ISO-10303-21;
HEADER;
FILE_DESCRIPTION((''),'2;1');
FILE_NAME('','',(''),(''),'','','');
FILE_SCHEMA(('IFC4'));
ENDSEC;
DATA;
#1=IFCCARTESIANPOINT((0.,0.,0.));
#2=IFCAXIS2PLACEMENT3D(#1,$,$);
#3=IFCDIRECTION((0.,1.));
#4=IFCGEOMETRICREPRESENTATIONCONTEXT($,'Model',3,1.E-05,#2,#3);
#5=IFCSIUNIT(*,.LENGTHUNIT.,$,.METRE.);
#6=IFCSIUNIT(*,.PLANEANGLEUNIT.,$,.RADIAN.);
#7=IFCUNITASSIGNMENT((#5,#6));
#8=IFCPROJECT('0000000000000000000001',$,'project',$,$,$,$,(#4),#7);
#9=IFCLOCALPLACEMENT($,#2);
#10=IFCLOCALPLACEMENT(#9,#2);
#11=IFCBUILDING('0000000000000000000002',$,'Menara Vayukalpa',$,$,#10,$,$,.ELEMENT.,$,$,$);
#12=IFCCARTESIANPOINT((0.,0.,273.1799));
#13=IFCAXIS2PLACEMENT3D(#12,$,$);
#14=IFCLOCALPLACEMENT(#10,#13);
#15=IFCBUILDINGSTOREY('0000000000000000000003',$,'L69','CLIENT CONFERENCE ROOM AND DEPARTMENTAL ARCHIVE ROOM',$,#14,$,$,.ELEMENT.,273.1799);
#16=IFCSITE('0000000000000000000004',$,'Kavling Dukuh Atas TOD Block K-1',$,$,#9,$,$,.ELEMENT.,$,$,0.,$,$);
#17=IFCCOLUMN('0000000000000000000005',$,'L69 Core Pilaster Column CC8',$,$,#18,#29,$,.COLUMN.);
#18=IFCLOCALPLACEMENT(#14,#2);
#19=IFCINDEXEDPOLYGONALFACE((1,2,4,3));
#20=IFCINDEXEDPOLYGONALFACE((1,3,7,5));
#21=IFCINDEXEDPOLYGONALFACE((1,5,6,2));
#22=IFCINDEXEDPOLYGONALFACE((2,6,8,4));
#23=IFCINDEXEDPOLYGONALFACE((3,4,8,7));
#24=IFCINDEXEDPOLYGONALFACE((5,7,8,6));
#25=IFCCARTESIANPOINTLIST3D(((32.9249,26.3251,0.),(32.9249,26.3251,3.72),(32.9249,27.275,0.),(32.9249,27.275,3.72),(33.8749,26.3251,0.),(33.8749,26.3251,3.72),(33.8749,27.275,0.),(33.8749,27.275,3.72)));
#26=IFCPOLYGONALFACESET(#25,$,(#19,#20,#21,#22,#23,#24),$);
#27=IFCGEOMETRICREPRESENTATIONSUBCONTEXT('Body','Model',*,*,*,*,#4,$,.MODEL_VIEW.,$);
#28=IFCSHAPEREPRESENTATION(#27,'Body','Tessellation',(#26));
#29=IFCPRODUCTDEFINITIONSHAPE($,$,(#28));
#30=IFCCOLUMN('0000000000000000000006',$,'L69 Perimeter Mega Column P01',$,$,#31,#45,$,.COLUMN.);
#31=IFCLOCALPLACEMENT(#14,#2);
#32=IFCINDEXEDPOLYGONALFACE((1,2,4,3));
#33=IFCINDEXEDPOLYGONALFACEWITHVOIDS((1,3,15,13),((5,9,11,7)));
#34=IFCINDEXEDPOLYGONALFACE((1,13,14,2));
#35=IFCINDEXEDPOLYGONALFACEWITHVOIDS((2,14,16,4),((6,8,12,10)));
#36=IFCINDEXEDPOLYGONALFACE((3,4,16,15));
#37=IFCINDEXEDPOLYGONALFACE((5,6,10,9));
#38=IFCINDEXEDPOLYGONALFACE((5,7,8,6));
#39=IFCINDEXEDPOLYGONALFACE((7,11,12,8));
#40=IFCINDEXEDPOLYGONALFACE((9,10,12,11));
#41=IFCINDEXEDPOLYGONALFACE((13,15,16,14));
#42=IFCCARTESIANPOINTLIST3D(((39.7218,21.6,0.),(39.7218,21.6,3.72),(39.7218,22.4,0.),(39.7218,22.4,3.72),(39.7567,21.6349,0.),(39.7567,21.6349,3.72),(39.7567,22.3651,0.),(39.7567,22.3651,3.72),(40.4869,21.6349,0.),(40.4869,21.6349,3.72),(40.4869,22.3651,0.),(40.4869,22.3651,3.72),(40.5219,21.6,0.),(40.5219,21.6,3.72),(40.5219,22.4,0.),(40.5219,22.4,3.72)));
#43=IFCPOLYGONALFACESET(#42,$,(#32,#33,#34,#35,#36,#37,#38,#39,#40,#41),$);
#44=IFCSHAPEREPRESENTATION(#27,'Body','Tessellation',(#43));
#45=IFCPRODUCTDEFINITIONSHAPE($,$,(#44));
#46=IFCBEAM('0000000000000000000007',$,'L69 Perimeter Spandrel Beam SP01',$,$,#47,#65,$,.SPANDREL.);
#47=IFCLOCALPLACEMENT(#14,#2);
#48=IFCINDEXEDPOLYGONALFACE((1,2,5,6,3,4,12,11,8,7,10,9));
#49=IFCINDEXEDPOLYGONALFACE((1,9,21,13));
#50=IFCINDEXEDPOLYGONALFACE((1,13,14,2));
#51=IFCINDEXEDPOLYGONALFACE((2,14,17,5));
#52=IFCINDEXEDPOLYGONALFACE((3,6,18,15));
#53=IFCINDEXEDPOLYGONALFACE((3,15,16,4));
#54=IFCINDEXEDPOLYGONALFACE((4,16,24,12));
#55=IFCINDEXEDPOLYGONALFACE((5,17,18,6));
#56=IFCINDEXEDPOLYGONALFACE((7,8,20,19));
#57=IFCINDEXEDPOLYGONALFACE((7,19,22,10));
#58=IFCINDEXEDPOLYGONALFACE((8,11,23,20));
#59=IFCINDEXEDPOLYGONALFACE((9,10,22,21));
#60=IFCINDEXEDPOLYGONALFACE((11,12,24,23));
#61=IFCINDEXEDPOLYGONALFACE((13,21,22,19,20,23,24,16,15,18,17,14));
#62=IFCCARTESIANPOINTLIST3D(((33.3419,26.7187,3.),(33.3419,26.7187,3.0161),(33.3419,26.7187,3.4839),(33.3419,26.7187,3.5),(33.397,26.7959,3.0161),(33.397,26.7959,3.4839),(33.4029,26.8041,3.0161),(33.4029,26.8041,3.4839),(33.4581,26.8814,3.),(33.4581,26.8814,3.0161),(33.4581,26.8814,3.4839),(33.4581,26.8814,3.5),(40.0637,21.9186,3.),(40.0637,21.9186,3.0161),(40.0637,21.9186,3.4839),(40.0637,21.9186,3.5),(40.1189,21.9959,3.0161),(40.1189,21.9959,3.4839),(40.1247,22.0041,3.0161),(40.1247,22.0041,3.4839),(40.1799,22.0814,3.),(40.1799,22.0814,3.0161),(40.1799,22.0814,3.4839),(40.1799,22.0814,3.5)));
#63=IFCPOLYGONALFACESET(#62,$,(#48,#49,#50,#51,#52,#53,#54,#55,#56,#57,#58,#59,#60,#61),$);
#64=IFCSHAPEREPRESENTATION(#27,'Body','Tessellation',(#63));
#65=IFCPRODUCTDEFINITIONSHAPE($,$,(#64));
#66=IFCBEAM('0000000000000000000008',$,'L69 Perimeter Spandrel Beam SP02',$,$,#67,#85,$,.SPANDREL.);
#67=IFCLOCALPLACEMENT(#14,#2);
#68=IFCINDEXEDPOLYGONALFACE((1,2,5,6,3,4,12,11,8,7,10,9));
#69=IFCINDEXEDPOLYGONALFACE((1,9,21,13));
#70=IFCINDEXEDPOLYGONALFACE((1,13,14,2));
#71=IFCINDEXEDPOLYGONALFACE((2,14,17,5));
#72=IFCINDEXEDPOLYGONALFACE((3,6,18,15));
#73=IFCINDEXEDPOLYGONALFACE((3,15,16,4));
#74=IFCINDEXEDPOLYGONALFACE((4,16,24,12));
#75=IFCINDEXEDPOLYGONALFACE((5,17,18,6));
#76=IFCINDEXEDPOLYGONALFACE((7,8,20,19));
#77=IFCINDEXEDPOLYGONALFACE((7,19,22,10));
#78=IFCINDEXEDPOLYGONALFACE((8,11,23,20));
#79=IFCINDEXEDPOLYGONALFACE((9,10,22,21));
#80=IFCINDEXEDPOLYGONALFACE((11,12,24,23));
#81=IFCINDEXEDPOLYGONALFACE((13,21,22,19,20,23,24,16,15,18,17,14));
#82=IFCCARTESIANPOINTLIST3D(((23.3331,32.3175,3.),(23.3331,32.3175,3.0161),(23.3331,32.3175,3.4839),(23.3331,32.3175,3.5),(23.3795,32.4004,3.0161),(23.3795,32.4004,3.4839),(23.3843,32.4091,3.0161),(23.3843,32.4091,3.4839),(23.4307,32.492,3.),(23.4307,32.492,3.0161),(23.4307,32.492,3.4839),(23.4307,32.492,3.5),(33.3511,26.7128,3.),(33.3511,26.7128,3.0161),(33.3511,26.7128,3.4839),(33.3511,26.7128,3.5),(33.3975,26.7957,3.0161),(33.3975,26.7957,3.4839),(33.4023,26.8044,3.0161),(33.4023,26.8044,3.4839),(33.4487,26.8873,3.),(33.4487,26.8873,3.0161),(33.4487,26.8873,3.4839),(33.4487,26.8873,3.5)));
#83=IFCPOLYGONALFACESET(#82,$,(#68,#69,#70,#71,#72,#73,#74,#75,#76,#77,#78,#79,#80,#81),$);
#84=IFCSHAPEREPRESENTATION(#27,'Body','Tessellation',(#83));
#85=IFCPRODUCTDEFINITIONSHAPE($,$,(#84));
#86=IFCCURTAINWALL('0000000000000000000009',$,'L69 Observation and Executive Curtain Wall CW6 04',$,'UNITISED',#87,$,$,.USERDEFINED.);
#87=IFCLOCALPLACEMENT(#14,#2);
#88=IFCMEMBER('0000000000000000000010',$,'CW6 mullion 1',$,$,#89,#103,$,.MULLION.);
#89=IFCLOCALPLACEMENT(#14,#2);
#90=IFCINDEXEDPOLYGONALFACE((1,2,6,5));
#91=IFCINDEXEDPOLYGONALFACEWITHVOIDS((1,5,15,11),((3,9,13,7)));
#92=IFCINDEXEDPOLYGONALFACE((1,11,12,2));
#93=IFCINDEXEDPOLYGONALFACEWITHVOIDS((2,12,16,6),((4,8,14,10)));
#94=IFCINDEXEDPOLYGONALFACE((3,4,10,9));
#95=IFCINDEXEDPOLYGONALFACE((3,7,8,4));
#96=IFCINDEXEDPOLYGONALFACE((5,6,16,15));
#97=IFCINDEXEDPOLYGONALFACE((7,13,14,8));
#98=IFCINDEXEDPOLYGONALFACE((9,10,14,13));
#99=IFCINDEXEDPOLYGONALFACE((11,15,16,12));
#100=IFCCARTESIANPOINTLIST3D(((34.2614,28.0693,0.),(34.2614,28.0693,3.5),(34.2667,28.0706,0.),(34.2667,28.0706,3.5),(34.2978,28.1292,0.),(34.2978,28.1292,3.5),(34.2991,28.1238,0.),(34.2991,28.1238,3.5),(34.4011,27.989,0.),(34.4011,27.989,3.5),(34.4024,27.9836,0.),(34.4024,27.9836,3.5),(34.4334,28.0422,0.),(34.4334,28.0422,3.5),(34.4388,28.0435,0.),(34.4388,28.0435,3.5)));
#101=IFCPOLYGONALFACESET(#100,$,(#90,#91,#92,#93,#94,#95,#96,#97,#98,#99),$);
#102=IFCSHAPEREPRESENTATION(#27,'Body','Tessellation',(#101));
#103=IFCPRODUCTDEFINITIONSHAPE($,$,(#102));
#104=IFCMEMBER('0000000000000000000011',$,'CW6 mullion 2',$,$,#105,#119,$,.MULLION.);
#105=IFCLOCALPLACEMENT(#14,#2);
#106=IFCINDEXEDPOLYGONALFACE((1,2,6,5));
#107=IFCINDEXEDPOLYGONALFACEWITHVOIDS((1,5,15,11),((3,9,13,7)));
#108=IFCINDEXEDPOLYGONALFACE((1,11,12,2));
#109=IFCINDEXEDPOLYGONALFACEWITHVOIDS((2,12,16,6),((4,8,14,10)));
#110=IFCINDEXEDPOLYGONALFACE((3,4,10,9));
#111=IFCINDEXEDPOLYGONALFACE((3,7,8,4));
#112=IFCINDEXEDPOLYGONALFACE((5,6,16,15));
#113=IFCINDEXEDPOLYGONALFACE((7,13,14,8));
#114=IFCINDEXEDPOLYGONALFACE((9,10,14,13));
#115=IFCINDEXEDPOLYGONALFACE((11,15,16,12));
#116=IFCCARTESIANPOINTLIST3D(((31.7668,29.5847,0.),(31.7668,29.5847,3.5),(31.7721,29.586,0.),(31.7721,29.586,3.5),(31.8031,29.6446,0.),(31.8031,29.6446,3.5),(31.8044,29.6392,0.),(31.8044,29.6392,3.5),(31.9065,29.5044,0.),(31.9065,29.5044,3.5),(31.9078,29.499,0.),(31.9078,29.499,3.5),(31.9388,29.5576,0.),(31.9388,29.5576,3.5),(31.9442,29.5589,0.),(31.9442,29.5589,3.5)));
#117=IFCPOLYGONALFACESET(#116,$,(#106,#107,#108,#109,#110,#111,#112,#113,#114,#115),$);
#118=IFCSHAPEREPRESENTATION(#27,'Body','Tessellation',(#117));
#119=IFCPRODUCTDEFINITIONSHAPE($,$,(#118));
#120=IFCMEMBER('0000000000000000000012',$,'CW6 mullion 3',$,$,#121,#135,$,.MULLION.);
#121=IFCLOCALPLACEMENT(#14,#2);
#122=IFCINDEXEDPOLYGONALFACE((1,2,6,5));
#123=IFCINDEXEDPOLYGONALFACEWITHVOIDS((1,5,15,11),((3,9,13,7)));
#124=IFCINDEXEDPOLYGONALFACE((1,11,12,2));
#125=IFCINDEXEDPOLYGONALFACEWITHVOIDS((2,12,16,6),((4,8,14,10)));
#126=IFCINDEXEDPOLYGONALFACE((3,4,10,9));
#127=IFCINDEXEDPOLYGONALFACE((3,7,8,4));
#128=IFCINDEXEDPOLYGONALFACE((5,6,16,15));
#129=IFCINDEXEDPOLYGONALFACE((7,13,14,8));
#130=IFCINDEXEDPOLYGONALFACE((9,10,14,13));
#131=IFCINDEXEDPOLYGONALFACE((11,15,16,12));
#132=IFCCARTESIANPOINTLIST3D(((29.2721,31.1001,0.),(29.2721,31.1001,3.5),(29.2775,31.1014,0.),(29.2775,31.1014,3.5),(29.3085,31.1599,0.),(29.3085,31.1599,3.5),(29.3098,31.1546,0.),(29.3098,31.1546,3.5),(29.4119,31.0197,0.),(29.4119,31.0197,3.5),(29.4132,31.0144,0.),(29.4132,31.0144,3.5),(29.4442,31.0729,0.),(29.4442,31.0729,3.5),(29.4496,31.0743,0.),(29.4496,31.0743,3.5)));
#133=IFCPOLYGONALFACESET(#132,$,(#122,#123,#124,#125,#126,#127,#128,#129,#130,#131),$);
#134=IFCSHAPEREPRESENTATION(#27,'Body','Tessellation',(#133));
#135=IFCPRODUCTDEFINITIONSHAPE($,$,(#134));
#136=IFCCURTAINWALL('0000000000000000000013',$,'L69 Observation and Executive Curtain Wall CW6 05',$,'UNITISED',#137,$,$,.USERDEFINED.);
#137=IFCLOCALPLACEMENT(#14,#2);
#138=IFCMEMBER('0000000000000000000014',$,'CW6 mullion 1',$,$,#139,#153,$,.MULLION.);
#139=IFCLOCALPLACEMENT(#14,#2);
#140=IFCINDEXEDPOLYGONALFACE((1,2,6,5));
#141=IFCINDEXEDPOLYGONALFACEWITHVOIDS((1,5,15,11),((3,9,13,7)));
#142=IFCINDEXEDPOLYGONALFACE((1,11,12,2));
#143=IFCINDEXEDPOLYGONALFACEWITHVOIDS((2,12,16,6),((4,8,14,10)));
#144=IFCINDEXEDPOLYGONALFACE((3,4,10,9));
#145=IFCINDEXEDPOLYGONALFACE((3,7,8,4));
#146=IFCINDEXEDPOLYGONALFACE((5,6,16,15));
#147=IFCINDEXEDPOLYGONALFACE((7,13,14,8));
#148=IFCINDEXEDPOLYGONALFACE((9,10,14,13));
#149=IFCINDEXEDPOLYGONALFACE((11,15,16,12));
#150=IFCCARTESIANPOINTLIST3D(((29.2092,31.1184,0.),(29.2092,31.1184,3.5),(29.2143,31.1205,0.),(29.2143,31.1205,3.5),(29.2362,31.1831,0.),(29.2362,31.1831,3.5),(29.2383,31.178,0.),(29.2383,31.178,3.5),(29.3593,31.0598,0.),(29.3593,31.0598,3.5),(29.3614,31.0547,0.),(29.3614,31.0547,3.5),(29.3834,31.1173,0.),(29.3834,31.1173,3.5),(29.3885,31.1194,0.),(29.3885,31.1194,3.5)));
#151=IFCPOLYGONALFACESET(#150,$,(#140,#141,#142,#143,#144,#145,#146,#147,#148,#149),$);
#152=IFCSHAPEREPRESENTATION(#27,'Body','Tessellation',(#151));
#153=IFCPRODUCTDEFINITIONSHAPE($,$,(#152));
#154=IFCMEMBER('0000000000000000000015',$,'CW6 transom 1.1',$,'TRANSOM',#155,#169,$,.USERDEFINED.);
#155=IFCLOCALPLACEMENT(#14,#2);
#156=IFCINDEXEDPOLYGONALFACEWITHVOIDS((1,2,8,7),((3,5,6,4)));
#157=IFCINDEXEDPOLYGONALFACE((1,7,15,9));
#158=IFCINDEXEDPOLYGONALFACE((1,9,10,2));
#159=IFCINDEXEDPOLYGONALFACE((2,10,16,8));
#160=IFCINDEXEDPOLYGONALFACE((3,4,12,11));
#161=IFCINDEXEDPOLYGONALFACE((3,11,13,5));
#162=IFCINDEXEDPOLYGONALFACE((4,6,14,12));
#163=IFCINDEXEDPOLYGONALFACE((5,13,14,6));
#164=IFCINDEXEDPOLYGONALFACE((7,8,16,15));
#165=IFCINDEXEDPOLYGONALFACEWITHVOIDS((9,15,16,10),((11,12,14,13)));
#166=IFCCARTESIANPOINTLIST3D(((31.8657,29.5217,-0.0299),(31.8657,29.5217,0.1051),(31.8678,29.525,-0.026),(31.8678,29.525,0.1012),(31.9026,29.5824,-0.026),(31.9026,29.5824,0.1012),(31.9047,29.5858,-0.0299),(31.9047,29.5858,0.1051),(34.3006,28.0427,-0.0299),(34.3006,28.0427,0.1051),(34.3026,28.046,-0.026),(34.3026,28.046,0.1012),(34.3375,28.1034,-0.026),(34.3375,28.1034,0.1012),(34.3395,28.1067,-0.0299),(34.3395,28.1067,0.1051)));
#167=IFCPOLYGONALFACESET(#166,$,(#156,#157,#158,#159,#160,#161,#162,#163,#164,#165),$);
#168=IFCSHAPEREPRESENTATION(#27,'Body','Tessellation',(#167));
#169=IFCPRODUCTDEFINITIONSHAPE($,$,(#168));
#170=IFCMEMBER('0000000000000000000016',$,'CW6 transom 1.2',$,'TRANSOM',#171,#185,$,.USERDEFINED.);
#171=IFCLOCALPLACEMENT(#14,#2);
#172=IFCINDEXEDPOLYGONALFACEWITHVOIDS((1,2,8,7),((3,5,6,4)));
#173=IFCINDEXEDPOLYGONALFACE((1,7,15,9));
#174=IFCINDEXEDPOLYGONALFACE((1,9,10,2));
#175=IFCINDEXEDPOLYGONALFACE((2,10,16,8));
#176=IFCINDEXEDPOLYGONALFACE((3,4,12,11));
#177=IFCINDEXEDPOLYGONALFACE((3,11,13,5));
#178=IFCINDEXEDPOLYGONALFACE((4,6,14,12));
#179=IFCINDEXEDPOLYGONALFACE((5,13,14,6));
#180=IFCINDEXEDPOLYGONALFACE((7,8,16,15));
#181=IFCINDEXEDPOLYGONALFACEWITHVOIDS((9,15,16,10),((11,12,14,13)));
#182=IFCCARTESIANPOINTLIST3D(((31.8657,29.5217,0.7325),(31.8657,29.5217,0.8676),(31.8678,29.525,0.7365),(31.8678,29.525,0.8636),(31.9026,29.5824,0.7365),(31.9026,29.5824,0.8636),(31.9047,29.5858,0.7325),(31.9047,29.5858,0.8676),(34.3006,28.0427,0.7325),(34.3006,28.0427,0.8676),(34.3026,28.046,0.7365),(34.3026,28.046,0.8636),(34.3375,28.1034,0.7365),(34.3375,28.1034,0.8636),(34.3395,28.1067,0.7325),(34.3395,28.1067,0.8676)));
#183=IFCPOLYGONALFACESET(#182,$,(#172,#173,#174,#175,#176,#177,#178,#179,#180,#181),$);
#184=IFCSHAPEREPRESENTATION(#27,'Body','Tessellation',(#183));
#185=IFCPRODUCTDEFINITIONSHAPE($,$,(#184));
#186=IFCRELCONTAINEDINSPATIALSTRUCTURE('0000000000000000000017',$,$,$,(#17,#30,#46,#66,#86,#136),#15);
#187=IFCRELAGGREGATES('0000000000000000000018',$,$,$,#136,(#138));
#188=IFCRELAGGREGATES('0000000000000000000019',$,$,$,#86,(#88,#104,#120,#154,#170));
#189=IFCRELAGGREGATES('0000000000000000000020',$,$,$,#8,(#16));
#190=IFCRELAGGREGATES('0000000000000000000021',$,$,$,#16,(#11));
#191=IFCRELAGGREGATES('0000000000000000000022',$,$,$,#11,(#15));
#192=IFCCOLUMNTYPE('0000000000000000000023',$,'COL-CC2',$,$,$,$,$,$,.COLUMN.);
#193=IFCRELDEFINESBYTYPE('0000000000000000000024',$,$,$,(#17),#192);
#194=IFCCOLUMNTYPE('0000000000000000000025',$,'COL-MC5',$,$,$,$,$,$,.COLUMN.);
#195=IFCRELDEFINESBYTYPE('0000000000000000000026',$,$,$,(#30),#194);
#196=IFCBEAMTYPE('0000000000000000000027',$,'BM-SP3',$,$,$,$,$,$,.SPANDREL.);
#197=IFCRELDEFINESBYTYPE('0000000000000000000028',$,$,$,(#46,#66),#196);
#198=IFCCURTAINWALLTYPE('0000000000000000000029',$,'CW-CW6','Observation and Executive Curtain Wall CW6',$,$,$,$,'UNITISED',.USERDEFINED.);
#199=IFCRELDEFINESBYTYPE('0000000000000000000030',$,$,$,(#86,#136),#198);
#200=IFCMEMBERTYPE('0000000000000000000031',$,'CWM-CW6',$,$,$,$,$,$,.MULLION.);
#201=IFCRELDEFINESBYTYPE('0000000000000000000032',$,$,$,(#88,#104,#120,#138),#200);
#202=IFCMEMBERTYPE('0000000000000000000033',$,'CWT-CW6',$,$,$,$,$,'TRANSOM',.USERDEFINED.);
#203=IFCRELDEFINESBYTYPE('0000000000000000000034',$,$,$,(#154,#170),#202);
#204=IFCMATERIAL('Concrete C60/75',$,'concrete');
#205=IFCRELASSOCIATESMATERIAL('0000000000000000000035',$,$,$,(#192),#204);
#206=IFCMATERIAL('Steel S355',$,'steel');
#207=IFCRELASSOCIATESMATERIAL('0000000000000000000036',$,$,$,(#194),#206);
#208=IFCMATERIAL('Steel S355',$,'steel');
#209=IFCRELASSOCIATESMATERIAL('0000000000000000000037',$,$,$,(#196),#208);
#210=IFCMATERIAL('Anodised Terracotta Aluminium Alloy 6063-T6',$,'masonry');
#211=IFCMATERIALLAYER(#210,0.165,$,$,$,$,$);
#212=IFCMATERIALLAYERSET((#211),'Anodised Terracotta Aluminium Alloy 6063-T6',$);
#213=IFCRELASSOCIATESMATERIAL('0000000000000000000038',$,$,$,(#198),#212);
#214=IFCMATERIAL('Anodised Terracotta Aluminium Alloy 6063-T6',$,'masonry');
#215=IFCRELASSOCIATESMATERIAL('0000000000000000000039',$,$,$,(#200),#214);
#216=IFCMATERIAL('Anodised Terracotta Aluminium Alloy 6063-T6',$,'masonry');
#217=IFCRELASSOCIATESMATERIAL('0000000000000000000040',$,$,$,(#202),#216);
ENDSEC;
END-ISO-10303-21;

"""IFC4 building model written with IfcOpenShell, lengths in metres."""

from ifc_helpers import new_model, si_unit, direction, frame, origin, origin_2d, place, context, subcontext, project, spatial, rectangle, hollow_rectangle, i_section, extrude, material, layer, layer_set, material_profile, profile_set, type_object, element, aggregate, save


model = new_model("IFC4")

# Units and contexts
model_context = context("Model", 3, precision=1e-05, world=origin(), true_north=direction((0.0, 1.0)))
body_context = subcontext(model_context, "Body", "Model", "MODEL_VIEW")
ifc_project = project(units=[si_unit("LENGTHUNIT", "METRE"), si_unit("PLANEANGLEUNIT", "RADIAN")], contexts=[model_context])

# Site, building, storey
site_placement = place(None, origin())
site = spatial("IfcSite", under=ifc_project, at=site_placement, Name="Kavling Dukuh Atas TOD Block K-1", CompositionType="ELEMENT", RefElevation=0.0)
building_placement = place(site_placement, origin())
building = spatial("IfcBuilding", under=site, at=building_placement, Name="Menara Vayukalpa", CompositionType="ELEMENT")
storey_placement = place(building_placement, frame((0.0, 0.0, 273.1799)))
storey = spatial("IfcBuildingStorey", under=building, at=storey_placement, Name="L69", Description="CLIENT CONFERENCE ROOM AND DEPARTMENTAL ARCHIVE ROOM", CompositionType="ELEMENT", Elevation=273.1799)

# Columns
ifc_material_1 = material(Name="Concrete C60/75", Category="concrete")
ifc_material_profile_1 = material_profile(ifc_material_1, rectangle(XDim=0.95, YDim=0.95, at=origin_2d()), Name="RC 950x950")
ifc_profile_set_1 = profile_set([ifc_material_profile_1], Name="Concrete C60/75")
column_type_1 = type_object("IfcColumnType", Name="COL-CC2", PredefinedType="COLUMN", material=ifc_profile_set_1)
column_1_placement = place(storey_placement, frame((33.3999, 26.8, 0.0), z_axis=(0.0, 0.0, 1.0), x_axis=(1.0, 0.0, 0.0)))
element("IfcColumn", 1, at=column_1_placement, inside=storey, type_object=column_type_1, Name="L69 Core Pilaster Column CC8", PredefinedType="COLUMN", context=body_context, shape_type="SweptSolid", body=[
    extrude(rectangle(XDim=0.95, YDim=0.95, at=origin_2d()), origin(), (0.0, 0.0, 1.0), 3.72),
])
ifc_material_2 = material(Name="Steel S355", Category="steel")
ifc_material_profile_2 = material_profile(ifc_material_2, hollow_rectangle(XDim=0.8, YDim=0.8, WallThickness=0.0349, at=origin_2d()), Name="BOX 800x800x35")
ifc_profile_set_2 = profile_set([ifc_material_profile_2], Name="Steel S355")
column_type_2 = type_object("IfcColumnType", Name="COL-MC5", PredefinedType="COLUMN", material=ifc_profile_set_2)
column_2_placement = place(storey_placement, frame((40.1218, 22.0, 0.0), z_axis=(0.0, 0.0, 1.0), x_axis=(1.0, 0.0, 0.0)))
element("IfcColumn", 2, at=column_2_placement, inside=storey, type_object=column_type_2, Name="L69 Perimeter Mega Column P01", PredefinedType="COLUMN", context=body_context, shape_type="SweptSolid", body=[
    extrude(hollow_rectangle(XDim=0.8, YDim=0.8, WallThickness=0.0349, at=origin_2d()), origin(), (0.0, 0.0, 1.0), 3.72),
])

# Beams
ifc_material_3 = material(Name="Steel S355", Category="steel")
ifc_material_profile_3 = material_profile(ifc_material_3, i_section(OverallWidth=0.2, OverallDepth=0.5, WebThickness=0.01, FlangeThickness=0.0161, at=origin_2d()), Name="WF 500x200x10x16")
ifc_profile_set_3 = profile_set([ifc_material_profile_3], Name="Steel S355")
beam_type = type_object("IfcBeamType", Name="BM-SP3", PredefinedType="SPANDREL", material=ifc_profile_set_3)
beam_1_placement = place(storey_placement, frame((40.1218, 22.0, 3.25), z_axis=(-0.813809, 0.581132, 0.0), x_axis=(-0.581132, -0.813809, 0.0)))
element("IfcBeam", 3, at=beam_1_placement, inside=storey, type_object=beam_type, Name="L69 Perimeter Spandrel Beam SP01", PredefinedType="SPANDREL", context=body_context, shape_type="SweptSolid", body=[
    extrude(i_section(OverallWidth=0.2, OverallDepth=0.5, WebThickness=0.01, FlangeThickness=0.0161, at=origin_2d()), origin(), (0.0, 0.0, 1.0), 8.2598),
])
beam_2_placement = place(storey_placement, frame((33.3999, 26.8, 3.25), z_axis=(-0.872706, 0.488246, 0.0), x_axis=(-0.488246, -0.872706, 0.0)))
element("IfcBeam", 4, at=beam_2_placement, inside=storey, type_object=beam_type, Name="L69 Perimeter Spandrel Beam SP02", PredefinedType="SPANDREL", context=body_context, shape_type="SweptSolid", body=[
    extrude(i_section(OverallWidth=0.2, OverallDepth=0.5, WebThickness=0.01, FlangeThickness=0.0161, at=origin_2d()), origin(), (0.0, 0.0, 1.0), 11.4792),
])

# Curtain wall, members
ifc_material_4 = material(Name="Anodised Terracotta Aluminium Alloy 6063-T6", Category="masonry")
ifc_layer_1 = layer(ifc_material_4, 0.165)
ifc_layer_set_1 = layer_set([ifc_layer_1], Name="Anodised Terracotta Aluminium Alloy 6063-T6")
curtain_wall_type = type_object("IfcCurtainWallType", Name="CW-CW6", Description="Observation and Executive Curtain Wall CW6", ElementType="UNITISED", PredefinedType="USERDEFINED", material=ifc_layer_set_1)
curtain_wall_1_placement = place(storey_placement, origin())
curtain_wall_1 = element("IfcCurtainWall", 5, at=curtain_wall_1_placement, inside=storey, type_object=curtain_wall_type, Name="L69 Observation and Executive Curtain Wall CW6 04", ObjectType="UNITISED", PredefinedType="USERDEFINED")
ifc_material_5 = material(Name="Anodised Terracotta Aluminium Alloy 6063-T6", Category="masonry")
ifc_material_profile_4 = material_profile(ifc_material_5, hollow_rectangle(XDim=0.0701, YDim=0.165, WallThickness=0.0039, at=origin_2d()), Name="ALU 70x165x4")
ifc_profile_set_4 = profile_set([ifc_material_profile_4], Name="Anodised Terracotta Aluminium Alloy 6063-T6")
member_type_1 = type_object("IfcMemberType", Name="CWM-CW6", PredefinedType="MULLION", material=ifc_profile_set_4)
member_1_placement = place(storey_placement, frame((34.3501, 28.0564, 0.0), z_axis=(0.0, 0.0, 1.0), x_axis=(-0.519176, -0.854668, 0.0)))
member_1 = element("IfcMember", 6, at=member_1_placement, type_object=member_type_1, Name="CW6 mullion 1", PredefinedType="MULLION", context=body_context, shape_type="SweptSolid", body=[
    extrude(hollow_rectangle(XDim=0.0701, YDim=0.165, WallThickness=0.0039, at=origin_2d()), origin(), (0.0, 0.0, 1.0), 3.5),
])
member_2_placement = place(storey_placement, frame((31.8555, 29.5718, 0.0), z_axis=(0.0, 0.0, 1.0), x_axis=(-0.519176, -0.854668, 0.0)))
member_2 = element("IfcMember", 7, at=member_2_placement, type_object=member_type_1, Name="CW6 mullion 2", PredefinedType="MULLION", context=body_context, shape_type="SweptSolid", body=[
    extrude(hollow_rectangle(XDim=0.0701, YDim=0.165, WallThickness=0.0039, at=origin_2d()), origin(), (0.0, 0.0, 1.0), 3.5),
])
member_3_placement = place(storey_placement, frame((29.3608, 31.0872, 0.0), z_axis=(0.0, 0.0, 1.0), x_axis=(-0.519176, -0.854668, 0.0)))
member_3 = element("IfcMember", 8, at=member_3_placement, type_object=member_type_1, Name="CW6 mullion 3", PredefinedType="MULLION", context=body_context, shape_type="SweptSolid", body=[
    extrude(hollow_rectangle(XDim=0.0701, YDim=0.165, WallThickness=0.0039, at=origin_2d()), origin(), (0.0, 0.0, 1.0), 3.5),
])

# Curtain wall, member
curtain_wall_2_placement = place(storey_placement, origin())
curtain_wall_2 = element("IfcCurtainWall", 9, at=curtain_wall_2_placement, inside=storey, type_object=curtain_wall_type, Name="L69 Observation and Executive Curtain Wall CW6 05", ObjectType="UNITISED", PredefinedType="USERDEFINED")
member_4_placement = place(storey_placement, frame((29.2988, 31.1189, 0.0), z_axis=(0.0, 0.0, 1.0), x_axis=(-0.3859, -0.922541, 0.0)))
member_4 = element("IfcMember", 10, at=member_4_placement, type_object=member_type_1, Name="CW6 mullion 1", PredefinedType="MULLION", context=body_context, shape_type="SweptSolid", body=[
    extrude(hollow_rectangle(XDim=0.0701, YDim=0.165, WallThickness=0.0039, at=origin_2d()), origin(), (0.0, 0.0, 1.0), 3.5),
])

# Members
ifc_material_6 = material(Name="Anodised Terracotta Aluminium Alloy 6063-T6", Category="masonry")
ifc_material_profile_5 = material_profile(ifc_material_6, hollow_rectangle(XDim=0.075, YDim=0.135, WallThickness=0.0039, at=origin_2d()), Name="ALU 75x135x4")
ifc_profile_set_5 = profile_set([ifc_material_profile_5], Name="Anodised Terracotta Aluminium Alloy 6063-T6")
member_type_2 = type_object("IfcMemberType", Name="CWT-CW6", ElementType="TRANSOM", PredefinedType="USERDEFINED", material=ifc_profile_set_5)
member_5_placement = place(storey_placement, frame((34.3201, 28.0747, 0.0376), z_axis=(-0.854675, 0.519164, 0.0), x_axis=(-0.519164, -0.854675, 0.0)))
member_5 = element("IfcMember", 11, at=member_5_placement, type_object=member_type_2, Name="CW6 transom 1.1", ObjectType="TRANSOM", PredefinedType="USERDEFINED", context=body_context, shape_type="SweptSolid", body=[
    extrude(hollow_rectangle(XDim=0.075, YDim=0.135, WallThickness=0.0039, at=origin_2d()), origin(), (0.0, 0.0, 1.0), 2.8489),
])
member_6_placement = place(storey_placement, frame((34.3201, 28.0747, 0.8), z_axis=(-0.854675, 0.519164, 0.0), x_axis=(-0.519164, -0.854675, 0.0)))
member_6 = element("IfcMember", 12, at=member_6_placement, type_object=member_type_2, Name="CW6 transom 1.2", ObjectType="TRANSOM", PredefinedType="USERDEFINED", context=body_context, shape_type="SweptSolid", body=[
    extrude(hollow_rectangle(XDim=0.075, YDim=0.135, WallThickness=0.0039, at=origin_2d()), origin(), (0.0, 0.0, 1.0), 2.8489),
])
aggregate(curtain_wall_2, [member_4])

aggregate(curtain_wall_1, [member_1, member_2, member_3, member_5, member_6])

save(model, "model.ifc")
